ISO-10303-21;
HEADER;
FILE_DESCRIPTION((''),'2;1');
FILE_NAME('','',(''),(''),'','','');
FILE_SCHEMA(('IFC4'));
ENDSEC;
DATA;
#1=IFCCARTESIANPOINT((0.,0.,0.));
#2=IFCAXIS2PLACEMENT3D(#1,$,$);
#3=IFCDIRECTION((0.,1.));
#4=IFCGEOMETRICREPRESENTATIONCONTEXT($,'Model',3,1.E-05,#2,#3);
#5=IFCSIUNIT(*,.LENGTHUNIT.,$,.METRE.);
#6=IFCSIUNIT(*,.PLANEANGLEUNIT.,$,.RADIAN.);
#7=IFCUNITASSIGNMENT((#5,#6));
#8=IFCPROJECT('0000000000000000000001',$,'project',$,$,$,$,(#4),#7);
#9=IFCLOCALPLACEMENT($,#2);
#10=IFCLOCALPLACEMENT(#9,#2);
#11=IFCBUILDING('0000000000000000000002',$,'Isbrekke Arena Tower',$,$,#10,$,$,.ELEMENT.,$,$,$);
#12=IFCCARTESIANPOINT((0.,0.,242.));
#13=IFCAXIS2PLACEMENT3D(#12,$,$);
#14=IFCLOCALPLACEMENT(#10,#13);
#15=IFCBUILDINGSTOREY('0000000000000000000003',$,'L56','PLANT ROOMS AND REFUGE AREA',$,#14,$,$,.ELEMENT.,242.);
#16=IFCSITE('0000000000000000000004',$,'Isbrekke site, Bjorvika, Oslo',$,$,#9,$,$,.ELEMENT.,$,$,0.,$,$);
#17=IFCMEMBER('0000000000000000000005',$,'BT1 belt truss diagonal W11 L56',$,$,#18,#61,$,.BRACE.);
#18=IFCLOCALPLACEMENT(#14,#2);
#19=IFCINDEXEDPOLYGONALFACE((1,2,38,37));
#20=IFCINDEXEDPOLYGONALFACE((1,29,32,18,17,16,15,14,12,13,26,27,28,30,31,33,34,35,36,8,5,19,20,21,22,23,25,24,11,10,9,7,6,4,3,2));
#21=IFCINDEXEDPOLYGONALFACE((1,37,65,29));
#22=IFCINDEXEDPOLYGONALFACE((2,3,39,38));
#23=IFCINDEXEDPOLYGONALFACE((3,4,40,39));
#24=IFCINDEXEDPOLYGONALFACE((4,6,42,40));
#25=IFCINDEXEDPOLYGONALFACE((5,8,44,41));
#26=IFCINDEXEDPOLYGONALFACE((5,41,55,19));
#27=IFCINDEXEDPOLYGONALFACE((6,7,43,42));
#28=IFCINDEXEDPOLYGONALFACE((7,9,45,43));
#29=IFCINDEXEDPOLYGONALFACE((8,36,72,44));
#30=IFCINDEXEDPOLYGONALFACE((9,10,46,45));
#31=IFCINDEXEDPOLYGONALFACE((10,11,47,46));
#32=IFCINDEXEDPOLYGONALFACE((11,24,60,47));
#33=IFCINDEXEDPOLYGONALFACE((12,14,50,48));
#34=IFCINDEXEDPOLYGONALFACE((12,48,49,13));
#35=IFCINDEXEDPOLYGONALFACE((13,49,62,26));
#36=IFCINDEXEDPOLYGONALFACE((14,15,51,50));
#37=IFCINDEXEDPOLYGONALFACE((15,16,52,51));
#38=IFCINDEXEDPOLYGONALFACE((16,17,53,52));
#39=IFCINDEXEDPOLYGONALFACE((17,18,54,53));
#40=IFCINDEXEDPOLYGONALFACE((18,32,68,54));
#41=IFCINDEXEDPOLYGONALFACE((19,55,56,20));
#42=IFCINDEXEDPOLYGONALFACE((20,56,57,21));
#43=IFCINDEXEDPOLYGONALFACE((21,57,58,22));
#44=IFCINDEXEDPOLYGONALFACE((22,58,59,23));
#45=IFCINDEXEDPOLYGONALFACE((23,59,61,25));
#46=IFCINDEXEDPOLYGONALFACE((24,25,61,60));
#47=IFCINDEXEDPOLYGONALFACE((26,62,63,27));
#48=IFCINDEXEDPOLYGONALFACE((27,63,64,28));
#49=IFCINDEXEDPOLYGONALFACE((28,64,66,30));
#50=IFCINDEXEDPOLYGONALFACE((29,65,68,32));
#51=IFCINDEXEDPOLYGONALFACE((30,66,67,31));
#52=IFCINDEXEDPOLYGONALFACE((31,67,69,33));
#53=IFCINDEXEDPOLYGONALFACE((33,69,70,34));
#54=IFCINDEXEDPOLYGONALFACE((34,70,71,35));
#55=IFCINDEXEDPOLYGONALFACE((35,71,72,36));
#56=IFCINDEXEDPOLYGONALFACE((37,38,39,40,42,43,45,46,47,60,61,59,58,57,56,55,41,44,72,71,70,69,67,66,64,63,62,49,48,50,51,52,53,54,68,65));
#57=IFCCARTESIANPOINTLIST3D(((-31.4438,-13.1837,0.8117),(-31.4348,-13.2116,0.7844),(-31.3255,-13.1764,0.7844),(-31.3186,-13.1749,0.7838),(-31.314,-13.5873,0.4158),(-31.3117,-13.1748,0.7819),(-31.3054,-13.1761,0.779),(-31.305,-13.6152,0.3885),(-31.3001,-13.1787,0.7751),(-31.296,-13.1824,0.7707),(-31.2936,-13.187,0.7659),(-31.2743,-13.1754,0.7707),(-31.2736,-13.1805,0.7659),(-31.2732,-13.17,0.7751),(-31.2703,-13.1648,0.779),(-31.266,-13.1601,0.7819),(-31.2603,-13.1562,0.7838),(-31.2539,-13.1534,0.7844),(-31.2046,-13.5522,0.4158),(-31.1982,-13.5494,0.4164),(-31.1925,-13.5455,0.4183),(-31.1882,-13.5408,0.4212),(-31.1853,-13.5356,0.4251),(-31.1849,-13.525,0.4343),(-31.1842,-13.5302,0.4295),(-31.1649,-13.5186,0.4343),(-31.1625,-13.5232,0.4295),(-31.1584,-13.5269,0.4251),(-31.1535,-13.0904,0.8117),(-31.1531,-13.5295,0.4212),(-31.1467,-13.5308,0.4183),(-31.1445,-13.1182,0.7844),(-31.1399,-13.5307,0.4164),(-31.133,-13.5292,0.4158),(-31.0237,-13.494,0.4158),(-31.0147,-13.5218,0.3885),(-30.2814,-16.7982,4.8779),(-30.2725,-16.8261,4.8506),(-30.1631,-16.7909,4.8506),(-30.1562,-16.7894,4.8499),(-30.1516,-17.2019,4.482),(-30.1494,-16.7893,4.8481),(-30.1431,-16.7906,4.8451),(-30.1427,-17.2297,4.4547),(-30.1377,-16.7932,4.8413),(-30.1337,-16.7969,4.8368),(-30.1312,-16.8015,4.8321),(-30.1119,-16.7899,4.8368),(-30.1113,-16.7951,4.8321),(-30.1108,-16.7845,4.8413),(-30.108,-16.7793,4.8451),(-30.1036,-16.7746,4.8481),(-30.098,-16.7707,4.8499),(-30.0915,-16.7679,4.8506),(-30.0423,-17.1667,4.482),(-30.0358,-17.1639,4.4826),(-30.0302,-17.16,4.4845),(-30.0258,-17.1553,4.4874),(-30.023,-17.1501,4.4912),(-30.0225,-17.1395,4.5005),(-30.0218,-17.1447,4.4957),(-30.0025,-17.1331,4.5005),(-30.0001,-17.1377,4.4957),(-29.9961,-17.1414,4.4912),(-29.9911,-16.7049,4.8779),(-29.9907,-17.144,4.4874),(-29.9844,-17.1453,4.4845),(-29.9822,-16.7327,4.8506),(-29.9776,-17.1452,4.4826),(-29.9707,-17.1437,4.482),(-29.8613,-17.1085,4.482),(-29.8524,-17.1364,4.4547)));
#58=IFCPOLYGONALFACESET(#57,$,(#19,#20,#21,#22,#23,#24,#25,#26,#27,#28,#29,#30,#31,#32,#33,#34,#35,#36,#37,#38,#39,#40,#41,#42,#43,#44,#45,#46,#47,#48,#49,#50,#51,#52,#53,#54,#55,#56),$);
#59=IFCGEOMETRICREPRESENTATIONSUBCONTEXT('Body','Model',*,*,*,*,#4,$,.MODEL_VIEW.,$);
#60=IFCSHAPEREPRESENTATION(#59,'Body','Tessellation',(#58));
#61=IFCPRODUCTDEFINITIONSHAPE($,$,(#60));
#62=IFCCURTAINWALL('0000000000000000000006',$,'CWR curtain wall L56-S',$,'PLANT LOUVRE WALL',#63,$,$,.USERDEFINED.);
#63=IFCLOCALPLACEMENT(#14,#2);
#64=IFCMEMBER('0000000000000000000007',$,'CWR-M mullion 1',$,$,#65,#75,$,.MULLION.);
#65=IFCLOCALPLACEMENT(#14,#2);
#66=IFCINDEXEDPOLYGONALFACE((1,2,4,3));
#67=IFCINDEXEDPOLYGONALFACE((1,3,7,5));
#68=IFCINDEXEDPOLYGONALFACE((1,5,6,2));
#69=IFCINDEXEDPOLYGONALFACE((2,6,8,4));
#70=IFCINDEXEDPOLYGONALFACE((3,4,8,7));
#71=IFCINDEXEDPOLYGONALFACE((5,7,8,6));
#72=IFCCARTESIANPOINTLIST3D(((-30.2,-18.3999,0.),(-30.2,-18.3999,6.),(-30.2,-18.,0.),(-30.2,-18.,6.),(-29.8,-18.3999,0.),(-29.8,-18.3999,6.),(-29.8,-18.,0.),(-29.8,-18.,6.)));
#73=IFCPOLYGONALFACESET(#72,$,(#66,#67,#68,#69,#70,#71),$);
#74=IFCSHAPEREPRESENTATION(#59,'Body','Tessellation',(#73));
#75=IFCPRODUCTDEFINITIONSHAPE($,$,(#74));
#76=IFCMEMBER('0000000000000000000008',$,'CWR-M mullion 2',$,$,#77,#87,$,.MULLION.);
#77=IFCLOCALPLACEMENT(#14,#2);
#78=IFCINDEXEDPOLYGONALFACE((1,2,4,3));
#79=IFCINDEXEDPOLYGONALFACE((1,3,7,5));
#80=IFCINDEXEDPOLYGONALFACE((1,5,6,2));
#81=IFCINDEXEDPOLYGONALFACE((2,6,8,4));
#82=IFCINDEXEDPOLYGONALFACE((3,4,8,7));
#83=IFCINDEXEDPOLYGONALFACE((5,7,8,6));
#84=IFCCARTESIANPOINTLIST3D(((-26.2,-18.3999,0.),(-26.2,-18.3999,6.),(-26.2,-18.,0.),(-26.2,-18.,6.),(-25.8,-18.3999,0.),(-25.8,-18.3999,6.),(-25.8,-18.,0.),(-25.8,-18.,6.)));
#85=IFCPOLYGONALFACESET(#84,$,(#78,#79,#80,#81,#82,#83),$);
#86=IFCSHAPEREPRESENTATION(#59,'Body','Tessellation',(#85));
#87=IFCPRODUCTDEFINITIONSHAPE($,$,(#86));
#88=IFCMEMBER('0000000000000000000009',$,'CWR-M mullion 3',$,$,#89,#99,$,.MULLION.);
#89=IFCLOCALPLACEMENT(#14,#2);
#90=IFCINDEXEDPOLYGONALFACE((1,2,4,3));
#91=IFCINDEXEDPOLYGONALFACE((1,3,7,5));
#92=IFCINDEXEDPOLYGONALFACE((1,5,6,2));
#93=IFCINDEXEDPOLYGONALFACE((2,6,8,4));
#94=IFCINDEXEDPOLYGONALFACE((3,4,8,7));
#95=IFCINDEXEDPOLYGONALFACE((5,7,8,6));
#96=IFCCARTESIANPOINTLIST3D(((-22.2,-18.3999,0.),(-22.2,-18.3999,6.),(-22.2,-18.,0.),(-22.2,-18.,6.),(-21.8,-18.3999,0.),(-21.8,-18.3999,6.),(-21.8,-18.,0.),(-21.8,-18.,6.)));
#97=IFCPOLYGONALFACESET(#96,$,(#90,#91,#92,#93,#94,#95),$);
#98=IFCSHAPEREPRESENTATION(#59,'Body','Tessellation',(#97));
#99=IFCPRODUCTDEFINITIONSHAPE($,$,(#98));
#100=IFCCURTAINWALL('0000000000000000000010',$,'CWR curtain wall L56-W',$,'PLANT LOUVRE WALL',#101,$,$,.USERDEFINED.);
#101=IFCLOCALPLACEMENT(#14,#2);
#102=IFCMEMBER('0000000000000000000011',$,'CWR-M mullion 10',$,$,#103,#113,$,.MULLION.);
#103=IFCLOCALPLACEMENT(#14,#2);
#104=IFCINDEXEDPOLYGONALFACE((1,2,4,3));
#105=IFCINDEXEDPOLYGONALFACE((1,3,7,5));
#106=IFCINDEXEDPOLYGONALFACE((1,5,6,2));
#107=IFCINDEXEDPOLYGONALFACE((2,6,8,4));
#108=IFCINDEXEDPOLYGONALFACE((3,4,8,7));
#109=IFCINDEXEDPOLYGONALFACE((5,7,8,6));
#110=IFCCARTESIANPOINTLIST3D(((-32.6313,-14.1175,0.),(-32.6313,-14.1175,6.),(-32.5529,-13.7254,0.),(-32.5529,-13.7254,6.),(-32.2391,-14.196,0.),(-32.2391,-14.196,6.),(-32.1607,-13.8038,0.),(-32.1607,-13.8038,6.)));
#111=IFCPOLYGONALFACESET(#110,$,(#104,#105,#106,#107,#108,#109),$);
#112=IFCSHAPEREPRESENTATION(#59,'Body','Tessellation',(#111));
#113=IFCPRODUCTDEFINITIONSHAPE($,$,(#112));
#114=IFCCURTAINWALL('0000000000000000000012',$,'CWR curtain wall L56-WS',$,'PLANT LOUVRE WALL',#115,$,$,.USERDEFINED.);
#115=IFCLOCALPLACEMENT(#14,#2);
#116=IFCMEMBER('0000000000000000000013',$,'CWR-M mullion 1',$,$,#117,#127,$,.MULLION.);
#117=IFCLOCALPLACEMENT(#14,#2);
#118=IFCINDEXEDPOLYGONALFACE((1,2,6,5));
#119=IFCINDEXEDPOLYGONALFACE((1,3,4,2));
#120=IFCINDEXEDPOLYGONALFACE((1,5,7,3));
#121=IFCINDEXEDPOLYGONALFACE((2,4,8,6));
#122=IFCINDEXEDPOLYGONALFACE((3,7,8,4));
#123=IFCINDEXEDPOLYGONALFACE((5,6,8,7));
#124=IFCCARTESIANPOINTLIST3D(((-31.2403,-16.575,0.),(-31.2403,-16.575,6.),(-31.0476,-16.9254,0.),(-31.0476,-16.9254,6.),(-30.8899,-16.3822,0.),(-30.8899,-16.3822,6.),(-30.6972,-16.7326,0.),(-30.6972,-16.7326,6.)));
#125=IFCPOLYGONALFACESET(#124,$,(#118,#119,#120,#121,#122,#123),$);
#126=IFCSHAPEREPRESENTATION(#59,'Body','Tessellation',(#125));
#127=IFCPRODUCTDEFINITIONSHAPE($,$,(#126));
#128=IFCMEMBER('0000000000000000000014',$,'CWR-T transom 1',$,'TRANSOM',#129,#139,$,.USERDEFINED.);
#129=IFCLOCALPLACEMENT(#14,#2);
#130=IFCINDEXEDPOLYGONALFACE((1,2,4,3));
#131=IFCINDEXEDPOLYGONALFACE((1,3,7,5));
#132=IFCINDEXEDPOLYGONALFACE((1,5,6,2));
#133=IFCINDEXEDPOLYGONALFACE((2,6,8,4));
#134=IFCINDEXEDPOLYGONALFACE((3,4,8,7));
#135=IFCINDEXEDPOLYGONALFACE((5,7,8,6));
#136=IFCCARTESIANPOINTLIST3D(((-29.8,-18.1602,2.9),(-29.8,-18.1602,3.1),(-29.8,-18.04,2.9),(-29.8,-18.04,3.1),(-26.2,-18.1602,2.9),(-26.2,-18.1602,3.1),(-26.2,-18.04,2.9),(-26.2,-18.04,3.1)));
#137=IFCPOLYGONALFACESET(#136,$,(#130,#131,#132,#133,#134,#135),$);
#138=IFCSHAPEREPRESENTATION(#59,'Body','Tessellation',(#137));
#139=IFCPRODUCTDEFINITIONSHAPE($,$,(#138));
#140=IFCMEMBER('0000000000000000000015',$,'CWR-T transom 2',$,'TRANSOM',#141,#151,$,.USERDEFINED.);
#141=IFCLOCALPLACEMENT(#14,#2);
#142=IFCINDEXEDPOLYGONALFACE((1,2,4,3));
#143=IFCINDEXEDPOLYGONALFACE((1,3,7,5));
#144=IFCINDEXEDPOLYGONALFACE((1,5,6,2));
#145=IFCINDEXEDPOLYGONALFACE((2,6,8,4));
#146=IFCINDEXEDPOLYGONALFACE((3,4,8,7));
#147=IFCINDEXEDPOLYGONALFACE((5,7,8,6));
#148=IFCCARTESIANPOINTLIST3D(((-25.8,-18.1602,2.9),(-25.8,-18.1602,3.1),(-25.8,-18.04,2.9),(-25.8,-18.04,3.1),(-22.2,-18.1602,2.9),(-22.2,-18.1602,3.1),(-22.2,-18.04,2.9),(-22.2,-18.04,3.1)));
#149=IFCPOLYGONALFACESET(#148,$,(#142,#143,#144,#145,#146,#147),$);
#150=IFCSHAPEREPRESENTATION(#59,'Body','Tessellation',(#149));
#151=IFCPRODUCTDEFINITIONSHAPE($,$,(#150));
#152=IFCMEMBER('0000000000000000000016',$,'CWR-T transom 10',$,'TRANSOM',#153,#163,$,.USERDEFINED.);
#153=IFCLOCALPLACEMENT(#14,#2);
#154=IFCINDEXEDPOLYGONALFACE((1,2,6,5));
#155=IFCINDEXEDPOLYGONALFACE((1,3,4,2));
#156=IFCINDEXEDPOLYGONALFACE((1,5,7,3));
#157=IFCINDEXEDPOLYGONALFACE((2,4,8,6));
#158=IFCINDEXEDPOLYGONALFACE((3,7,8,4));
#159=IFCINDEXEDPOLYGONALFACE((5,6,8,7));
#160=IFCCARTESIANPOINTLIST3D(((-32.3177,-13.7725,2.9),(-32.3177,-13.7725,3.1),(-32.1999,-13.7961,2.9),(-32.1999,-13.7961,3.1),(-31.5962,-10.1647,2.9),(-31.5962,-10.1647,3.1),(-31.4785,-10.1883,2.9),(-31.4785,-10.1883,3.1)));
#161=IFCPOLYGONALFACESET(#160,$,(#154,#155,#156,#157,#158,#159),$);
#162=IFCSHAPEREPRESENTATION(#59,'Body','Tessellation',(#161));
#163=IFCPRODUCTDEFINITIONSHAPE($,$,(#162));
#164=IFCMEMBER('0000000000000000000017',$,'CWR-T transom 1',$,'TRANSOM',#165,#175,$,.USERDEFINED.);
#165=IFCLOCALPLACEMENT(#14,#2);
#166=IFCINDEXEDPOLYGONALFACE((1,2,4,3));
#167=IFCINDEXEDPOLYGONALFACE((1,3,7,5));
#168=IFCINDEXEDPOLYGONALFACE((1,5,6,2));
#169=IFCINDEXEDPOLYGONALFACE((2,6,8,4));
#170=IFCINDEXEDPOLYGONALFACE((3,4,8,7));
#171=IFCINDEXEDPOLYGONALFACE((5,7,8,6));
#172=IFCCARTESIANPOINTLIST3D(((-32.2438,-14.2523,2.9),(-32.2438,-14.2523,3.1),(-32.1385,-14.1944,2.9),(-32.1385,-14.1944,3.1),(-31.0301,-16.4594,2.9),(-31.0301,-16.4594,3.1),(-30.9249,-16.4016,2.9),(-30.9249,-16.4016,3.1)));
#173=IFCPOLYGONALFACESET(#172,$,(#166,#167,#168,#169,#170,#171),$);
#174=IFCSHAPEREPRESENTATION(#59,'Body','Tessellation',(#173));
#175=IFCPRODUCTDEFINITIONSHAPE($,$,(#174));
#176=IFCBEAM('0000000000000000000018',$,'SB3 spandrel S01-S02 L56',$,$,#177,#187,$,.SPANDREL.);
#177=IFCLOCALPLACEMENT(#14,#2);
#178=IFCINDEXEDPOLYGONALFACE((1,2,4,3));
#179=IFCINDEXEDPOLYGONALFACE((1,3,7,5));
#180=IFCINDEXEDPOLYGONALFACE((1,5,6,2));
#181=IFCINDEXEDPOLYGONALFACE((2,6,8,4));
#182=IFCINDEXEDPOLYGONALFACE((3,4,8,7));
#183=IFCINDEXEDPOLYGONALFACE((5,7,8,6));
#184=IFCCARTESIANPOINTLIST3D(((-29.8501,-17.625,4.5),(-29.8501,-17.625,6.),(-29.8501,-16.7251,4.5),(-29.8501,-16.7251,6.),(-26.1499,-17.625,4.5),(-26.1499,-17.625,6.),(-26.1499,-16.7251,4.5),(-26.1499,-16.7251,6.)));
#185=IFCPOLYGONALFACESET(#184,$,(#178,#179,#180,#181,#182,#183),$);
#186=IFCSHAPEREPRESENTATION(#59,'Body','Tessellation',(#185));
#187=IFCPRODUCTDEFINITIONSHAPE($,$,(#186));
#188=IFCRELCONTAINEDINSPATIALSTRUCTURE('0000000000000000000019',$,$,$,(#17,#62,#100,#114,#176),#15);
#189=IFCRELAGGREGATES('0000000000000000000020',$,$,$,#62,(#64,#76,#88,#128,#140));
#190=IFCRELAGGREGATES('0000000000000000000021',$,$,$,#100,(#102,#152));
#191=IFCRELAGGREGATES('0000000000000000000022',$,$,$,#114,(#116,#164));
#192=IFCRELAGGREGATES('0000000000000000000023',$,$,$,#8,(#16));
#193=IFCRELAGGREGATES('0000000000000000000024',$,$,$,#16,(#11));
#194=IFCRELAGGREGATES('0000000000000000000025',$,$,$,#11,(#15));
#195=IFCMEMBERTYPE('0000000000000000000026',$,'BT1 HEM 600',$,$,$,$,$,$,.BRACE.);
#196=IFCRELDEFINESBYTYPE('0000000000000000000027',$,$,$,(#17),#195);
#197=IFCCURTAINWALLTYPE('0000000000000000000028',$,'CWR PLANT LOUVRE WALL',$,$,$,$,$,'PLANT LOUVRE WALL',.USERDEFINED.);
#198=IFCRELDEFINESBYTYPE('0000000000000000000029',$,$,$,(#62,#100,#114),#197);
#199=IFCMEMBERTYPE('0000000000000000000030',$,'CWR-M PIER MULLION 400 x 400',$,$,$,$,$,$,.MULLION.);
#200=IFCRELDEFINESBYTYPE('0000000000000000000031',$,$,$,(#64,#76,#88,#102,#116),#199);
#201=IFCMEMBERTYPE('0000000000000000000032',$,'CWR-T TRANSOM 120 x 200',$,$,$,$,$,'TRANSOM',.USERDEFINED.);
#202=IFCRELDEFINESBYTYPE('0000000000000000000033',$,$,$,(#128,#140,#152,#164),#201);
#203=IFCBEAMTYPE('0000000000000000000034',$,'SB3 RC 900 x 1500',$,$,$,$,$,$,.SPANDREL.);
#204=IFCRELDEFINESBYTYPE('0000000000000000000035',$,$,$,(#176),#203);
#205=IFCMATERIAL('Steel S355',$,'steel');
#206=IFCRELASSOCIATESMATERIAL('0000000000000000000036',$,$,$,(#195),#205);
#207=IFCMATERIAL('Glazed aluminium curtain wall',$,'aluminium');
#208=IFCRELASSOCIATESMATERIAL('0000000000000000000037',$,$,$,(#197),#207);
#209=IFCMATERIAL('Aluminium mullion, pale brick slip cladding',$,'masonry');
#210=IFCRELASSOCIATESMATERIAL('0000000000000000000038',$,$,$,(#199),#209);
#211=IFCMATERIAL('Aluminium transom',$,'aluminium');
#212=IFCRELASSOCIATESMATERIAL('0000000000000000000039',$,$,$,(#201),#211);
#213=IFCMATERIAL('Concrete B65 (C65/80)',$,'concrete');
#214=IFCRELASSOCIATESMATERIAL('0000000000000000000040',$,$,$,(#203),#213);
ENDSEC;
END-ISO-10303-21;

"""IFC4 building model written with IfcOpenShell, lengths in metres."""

from ifc_helpers import new_model, si_unit, direction, frame, origin, origin_2d, place, context, subcontext, project, spatial, rectangle, i_section, extrude, material, material_profile, profile_set, type_object, element, aggregate, save


model = new_model("IFC4")

# Units and contexts
model_context = context("Model", 3, precision=1e-05, world=origin(), true_north=direction((0.0, 1.0)))
body_context = subcontext(model_context, "Body", "Model", "MODEL_VIEW")
ifc_project = project(units=[si_unit("LENGTHUNIT", "METRE"), si_unit("PLANEANGLEUNIT", "RADIAN")], contexts=[model_context])

# Site, building, storey
site_placement = place(None, origin())
site = spatial("IfcSite", under=ifc_project, at=site_placement, Name="Isbrekke site, Bjorvika, Oslo", CompositionType="ELEMENT", RefElevation=0.0)
building_placement = place(site_placement, origin())
building = spatial("IfcBuilding", under=site, at=building_placement, Name="Isbrekke Arena Tower", CompositionType="ELEMENT")
storey_placement = place(building_placement, frame((0.0, 0.0, 242.0)))
storey = spatial("IfcBuildingStorey", under=building, at=storey_placement, Name="L56", Description="PLANT ROOMS AND REFUGE AREA", CompositionType="ELEMENT", Elevation=242.0)

# Member
ifc_material_1 = material(Name="Steel S355", Category="steel")
ifc_material_profile_1 = material_profile(ifc_material_1, i_section(OverallWidth=0.3049, OverallDepth=0.6201, WebThickness=0.021, FlangeThickness=0.04, FilletRadius=0.0271, at=origin_2d()), Name="HEM 600")
ifc_profile_set_1 = profile_set([ifc_material_profile_1], Name="Steel S355")
member_type_1 = type_object("IfcMemberType", Name="BT1 HEM 600", PredefinedType="BRACE", material=ifc_profile_set_1)
member_1_placement = place(storey_placement, frame((-31.2292, -13.3528, 0.6001), z_axis=(0.208936, -0.649715, 0.730901), x_axis=(0.951986, 0.30614, 0.0)))
element("IfcMember", 1, at=member_1_placement, inside=storey, type_object=member_type_1, Name="BT1 belt truss diagonal W11 L56", PredefinedType="BRACE", context=body_context, shape_type="SweptSolid", body=[
    extrude(i_section(OverallWidth=0.3049, OverallDepth=0.6201, WebThickness=0.021, FlangeThickness=0.04, FilletRadius=0.0271, at=origin_2d()), origin(), (0.0, 0.0, 1.0), 5.5632),
])

# Curtain wall, members
ifc_material_2 = material(Name="Glazed aluminium curtain wall", Category="aluminium")
curtain_wall_type = type_object("IfcCurtainWallType", Name="CWR PLANT LOUVRE WALL", ElementType="PLANT LOUVRE WALL", PredefinedType="USERDEFINED", material=ifc_material_2)
curtain_wall_1_placement = place(storey_placement, origin())
curtain_wall_1 = element("IfcCurtainWall", 2, at=curtain_wall_1_placement, inside=storey, type_object=curtain_wall_type, Name="CWR curtain wall L56-S", ObjectType="PLANT LOUVRE WALL", PredefinedType="USERDEFINED")
ifc_material_3 = material(Name="Aluminium mullion, pale brick slip cladding", Category="masonry")
ifc_material_profile_2 = material_profile(ifc_material_3, rectangle(XDim=0.3999, YDim=0.3999, at=origin_2d()), Name="PIER 400X400")
ifc_profile_set_2 = profile_set([ifc_material_profile_2], Name="Aluminium mullion, pale brick slip cladding")
member_type_2 = type_object("IfcMemberType", Name="CWR-M PIER MULLION 400 x 400", PredefinedType="MULLION", material=ifc_profile_set_2)
member_2_placement = place(storey_placement, frame((-30.0, -18.2, 0.0), z_axis=(0.0, 0.0, 1.0), x_axis=(1.0, 0.0, 0.0)))
member_2 = element("IfcMember", 3, at=member_2_placement, type_object=member_type_2, Name="CWR-M mullion 1", PredefinedType="MULLION", context=body_context, shape_type="SweptSolid", body=[
    extrude(rectangle(XDim=0.3999, YDim=0.3999, at=origin_2d()), origin(), (0.0, 0.0, 1.0), 6.0),
])
member_3_placement = place(storey_placement, frame((-26.0, -18.2, 0.0), z_axis=(0.0, 0.0, 1.0), x_axis=(1.0, 0.0, 0.0)))
member_3 = element("IfcMember", 4, at=member_3_placement, type_object=member_type_2, Name="CWR-M mullion 2", PredefinedType="MULLION", context=body_context, shape_type="SweptSolid", body=[
    extrude(rectangle(XDim=0.3999, YDim=0.3999, at=origin_2d()), origin(), (0.0, 0.0, 1.0), 6.0),
])
member_4_placement = place(storey_placement, frame((-22.0, -18.2, 0.0), z_axis=(0.0, 0.0, 1.0), x_axis=(1.0, 0.0, 0.0)))
member_4 = element("IfcMember", 5, at=member_4_placement, type_object=member_type_2, Name="CWR-M mullion 3", PredefinedType="MULLION", context=body_context, shape_type="SweptSolid", body=[
    extrude(rectangle(XDim=0.3999, YDim=0.3999, at=origin_2d()), origin(), (0.0, 0.0, 1.0), 6.0),
])

# Curtain walls, members
curtain_wall_2_placement = place(storey_placement, origin())
curtain_wall_2 = element("IfcCurtainWall", 6, at=curtain_wall_2_placement, inside=storey, type_object=curtain_wall_type, Name="CWR curtain wall L56-W", ObjectType="PLANT LOUVRE WALL", PredefinedType="USERDEFINED")
member_5_placement = place(storey_placement, frame((-32.396, -13.9607, 0.0), z_axis=(0.0, 0.0, 1.0), x_axis=(-0.196116, -0.980581, 0.0)))
member_5 = element("IfcMember", 7, at=member_5_placement, type_object=member_type_2, Name="CWR-M mullion 10", PredefinedType="MULLION", context=body_context, shape_type="SweptSolid", body=[
    extrude(rectangle(XDim=0.3999, YDim=0.3999, at=origin_2d()), origin(), (0.0, 0.0, 1.0), 6.0),
])
curtain_wall_3_placement = place(storey_placement, origin())
curtain_wall_3 = element("IfcCurtainWall", 8, at=curtain_wall_3_placement, inside=storey, type_object=curtain_wall_type, Name="CWR curtain wall L56-WS", ObjectType="PLANT LOUVRE WALL", PredefinedType="USERDEFINED")
member_6_placement = place(storey_placement, frame((-30.9688, -16.6538, 0.0), z_axis=(0.0, 0.0, 1.0), x_axis=(0.481919, -0.876216, 0.0)))
member_6 = element("IfcMember", 9, at=member_6_placement, type_object=member_type_2, Name="CWR-M mullion 1", PredefinedType="MULLION", context=body_context, shape_type="SweptSolid", body=[
    extrude(rectangle(XDim=0.3999, YDim=0.3999, at=origin_2d()), origin(), (0.0, 0.0, 1.0), 6.0),
])

# Members
ifc_material_4 = material(Name="Aluminium transom", Category="aluminium")
ifc_material_profile_3 = material_profile(ifc_material_4, rectangle(XDim=0.1201, YDim=0.2, at=origin_2d()), Name="TRANSOM 120X200")
ifc_profile_set_3 = profile_set([ifc_material_profile_3], Name="Aluminium transom")
member_type_3 = type_object("IfcMemberType", Name="CWR-T TRANSOM 120 x 200", ElementType="TRANSOM", PredefinedType="USERDEFINED", material=ifc_profile_set_3)
member_7_placement = place(storey_placement, frame((-29.8, -18.1001, 3.0), z_axis=(1.0, 0.0, 0.0), x_axis=(0.0, 1.0, 0.0)))
member_7 = element("IfcMember", 10, at=member_7_placement, type_object=member_type_3, Name="CWR-T transom 1", ObjectType="TRANSOM", PredefinedType="USERDEFINED", context=body_context, shape_type="SweptSolid", body=[
    extrude(rectangle(XDim=0.1201, YDim=0.2, at=origin_2d()), origin(), (0.0, 0.0, 1.0), 3.6001),
])
member_8_placement = place(storey_placement, frame((-25.8, -18.1001, 3.0), z_axis=(1.0, 0.0, 0.0), x_axis=(0.0, 1.0, 0.0)))
member_8 = element("IfcMember", 11, at=member_8_placement, type_object=member_type_3, Name="CWR-T transom 2", ObjectType="TRANSOM", PredefinedType="USERDEFINED", context=body_context, shape_type="SweptSolid", body=[
    extrude(rectangle(XDim=0.1201, YDim=0.2, at=origin_2d()), origin(), (0.0, 0.0, 1.0), 3.6001),
])
member_9_placement = place(storey_placement, frame((-31.5374, -10.1765, 3.0), z_axis=(-0.196091, -0.980586, 0.0), x_axis=(0.980586, -0.196091, 0.0)))
member_9 = element("IfcMember", 12, at=member_9_placement, type_object=member_type_3, Name="CWR-T transom 10", ObjectType="TRANSOM", PredefinedType="USERDEFINED", context=body_context, shape_type="SweptSolid", body=[
    extrude(rectangle(XDim=0.1201, YDim=0.2, at=origin_2d()), origin(), (0.0, 0.0, 1.0), 3.6792),
])
member_10_placement = place(storey_placement, frame((-32.1912, -14.2234, 3.0), z_axis=(0.481844, -0.876257, 0.0), x_axis=(0.876257, 0.481844, 0.0)))
member_10 = element("IfcMember", 13, at=member_10_placement, type_object=member_type_3, Name="CWR-T transom 1", ObjectType="TRANSOM", PredefinedType="USERDEFINED", context=body_context, shape_type="SweptSolid", body=[
    extrude(rectangle(XDim=0.1201, YDim=0.2, at=origin_2d()), origin(), (0.0, 0.0, 1.0), 2.5188),
])

# Beam
ifc_material_5 = material(Name="Concrete B65 (C65/80)", Category="concrete")
ifc_material_profile_4 = material_profile(ifc_material_5, rectangle(XDim=0.8999, YDim=1.5, at=origin_2d()), Name="RC 900x1500")
ifc_profile_set_4 = profile_set([ifc_material_profile_4], Name="Concrete B65 (C65/80)")
beam_type_1 = type_object("IfcBeamType", Name="SB3 RC 900 x 1500", PredefinedType="SPANDREL", material=ifc_profile_set_4)
for number, where, z_axis, x_axis, name in (
    (14, (-29.8501, -17.175, 5.25), (1.0, 0.0, 0.0), (0.0, 1.0, 0.0), "SB3 spandrel S01-S02 L56"),
):
    element("IfcBeam", number, at=place(storey_placement, frame(where, z_axis=z_axis, x_axis=x_axis)), inside=storey, type_object=beam_type_1, Name=name, PredefinedType="SPANDREL", context=body_context, shape_type="SweptSolid", body=[
        extrude(rectangle(XDim=0.8999, YDim=1.5, at=origin_2d()), origin(), (0.0, 0.0, 1.0), 3.7002),
    ])

aggregate(curtain_wall_1, [member_2, member_3, member_4, member_7, member_8])
aggregate(curtain_wall_2, [member_5, member_9])
aggregate(curtain_wall_3, [member_6, member_10])

save(model, "model.ifc")
